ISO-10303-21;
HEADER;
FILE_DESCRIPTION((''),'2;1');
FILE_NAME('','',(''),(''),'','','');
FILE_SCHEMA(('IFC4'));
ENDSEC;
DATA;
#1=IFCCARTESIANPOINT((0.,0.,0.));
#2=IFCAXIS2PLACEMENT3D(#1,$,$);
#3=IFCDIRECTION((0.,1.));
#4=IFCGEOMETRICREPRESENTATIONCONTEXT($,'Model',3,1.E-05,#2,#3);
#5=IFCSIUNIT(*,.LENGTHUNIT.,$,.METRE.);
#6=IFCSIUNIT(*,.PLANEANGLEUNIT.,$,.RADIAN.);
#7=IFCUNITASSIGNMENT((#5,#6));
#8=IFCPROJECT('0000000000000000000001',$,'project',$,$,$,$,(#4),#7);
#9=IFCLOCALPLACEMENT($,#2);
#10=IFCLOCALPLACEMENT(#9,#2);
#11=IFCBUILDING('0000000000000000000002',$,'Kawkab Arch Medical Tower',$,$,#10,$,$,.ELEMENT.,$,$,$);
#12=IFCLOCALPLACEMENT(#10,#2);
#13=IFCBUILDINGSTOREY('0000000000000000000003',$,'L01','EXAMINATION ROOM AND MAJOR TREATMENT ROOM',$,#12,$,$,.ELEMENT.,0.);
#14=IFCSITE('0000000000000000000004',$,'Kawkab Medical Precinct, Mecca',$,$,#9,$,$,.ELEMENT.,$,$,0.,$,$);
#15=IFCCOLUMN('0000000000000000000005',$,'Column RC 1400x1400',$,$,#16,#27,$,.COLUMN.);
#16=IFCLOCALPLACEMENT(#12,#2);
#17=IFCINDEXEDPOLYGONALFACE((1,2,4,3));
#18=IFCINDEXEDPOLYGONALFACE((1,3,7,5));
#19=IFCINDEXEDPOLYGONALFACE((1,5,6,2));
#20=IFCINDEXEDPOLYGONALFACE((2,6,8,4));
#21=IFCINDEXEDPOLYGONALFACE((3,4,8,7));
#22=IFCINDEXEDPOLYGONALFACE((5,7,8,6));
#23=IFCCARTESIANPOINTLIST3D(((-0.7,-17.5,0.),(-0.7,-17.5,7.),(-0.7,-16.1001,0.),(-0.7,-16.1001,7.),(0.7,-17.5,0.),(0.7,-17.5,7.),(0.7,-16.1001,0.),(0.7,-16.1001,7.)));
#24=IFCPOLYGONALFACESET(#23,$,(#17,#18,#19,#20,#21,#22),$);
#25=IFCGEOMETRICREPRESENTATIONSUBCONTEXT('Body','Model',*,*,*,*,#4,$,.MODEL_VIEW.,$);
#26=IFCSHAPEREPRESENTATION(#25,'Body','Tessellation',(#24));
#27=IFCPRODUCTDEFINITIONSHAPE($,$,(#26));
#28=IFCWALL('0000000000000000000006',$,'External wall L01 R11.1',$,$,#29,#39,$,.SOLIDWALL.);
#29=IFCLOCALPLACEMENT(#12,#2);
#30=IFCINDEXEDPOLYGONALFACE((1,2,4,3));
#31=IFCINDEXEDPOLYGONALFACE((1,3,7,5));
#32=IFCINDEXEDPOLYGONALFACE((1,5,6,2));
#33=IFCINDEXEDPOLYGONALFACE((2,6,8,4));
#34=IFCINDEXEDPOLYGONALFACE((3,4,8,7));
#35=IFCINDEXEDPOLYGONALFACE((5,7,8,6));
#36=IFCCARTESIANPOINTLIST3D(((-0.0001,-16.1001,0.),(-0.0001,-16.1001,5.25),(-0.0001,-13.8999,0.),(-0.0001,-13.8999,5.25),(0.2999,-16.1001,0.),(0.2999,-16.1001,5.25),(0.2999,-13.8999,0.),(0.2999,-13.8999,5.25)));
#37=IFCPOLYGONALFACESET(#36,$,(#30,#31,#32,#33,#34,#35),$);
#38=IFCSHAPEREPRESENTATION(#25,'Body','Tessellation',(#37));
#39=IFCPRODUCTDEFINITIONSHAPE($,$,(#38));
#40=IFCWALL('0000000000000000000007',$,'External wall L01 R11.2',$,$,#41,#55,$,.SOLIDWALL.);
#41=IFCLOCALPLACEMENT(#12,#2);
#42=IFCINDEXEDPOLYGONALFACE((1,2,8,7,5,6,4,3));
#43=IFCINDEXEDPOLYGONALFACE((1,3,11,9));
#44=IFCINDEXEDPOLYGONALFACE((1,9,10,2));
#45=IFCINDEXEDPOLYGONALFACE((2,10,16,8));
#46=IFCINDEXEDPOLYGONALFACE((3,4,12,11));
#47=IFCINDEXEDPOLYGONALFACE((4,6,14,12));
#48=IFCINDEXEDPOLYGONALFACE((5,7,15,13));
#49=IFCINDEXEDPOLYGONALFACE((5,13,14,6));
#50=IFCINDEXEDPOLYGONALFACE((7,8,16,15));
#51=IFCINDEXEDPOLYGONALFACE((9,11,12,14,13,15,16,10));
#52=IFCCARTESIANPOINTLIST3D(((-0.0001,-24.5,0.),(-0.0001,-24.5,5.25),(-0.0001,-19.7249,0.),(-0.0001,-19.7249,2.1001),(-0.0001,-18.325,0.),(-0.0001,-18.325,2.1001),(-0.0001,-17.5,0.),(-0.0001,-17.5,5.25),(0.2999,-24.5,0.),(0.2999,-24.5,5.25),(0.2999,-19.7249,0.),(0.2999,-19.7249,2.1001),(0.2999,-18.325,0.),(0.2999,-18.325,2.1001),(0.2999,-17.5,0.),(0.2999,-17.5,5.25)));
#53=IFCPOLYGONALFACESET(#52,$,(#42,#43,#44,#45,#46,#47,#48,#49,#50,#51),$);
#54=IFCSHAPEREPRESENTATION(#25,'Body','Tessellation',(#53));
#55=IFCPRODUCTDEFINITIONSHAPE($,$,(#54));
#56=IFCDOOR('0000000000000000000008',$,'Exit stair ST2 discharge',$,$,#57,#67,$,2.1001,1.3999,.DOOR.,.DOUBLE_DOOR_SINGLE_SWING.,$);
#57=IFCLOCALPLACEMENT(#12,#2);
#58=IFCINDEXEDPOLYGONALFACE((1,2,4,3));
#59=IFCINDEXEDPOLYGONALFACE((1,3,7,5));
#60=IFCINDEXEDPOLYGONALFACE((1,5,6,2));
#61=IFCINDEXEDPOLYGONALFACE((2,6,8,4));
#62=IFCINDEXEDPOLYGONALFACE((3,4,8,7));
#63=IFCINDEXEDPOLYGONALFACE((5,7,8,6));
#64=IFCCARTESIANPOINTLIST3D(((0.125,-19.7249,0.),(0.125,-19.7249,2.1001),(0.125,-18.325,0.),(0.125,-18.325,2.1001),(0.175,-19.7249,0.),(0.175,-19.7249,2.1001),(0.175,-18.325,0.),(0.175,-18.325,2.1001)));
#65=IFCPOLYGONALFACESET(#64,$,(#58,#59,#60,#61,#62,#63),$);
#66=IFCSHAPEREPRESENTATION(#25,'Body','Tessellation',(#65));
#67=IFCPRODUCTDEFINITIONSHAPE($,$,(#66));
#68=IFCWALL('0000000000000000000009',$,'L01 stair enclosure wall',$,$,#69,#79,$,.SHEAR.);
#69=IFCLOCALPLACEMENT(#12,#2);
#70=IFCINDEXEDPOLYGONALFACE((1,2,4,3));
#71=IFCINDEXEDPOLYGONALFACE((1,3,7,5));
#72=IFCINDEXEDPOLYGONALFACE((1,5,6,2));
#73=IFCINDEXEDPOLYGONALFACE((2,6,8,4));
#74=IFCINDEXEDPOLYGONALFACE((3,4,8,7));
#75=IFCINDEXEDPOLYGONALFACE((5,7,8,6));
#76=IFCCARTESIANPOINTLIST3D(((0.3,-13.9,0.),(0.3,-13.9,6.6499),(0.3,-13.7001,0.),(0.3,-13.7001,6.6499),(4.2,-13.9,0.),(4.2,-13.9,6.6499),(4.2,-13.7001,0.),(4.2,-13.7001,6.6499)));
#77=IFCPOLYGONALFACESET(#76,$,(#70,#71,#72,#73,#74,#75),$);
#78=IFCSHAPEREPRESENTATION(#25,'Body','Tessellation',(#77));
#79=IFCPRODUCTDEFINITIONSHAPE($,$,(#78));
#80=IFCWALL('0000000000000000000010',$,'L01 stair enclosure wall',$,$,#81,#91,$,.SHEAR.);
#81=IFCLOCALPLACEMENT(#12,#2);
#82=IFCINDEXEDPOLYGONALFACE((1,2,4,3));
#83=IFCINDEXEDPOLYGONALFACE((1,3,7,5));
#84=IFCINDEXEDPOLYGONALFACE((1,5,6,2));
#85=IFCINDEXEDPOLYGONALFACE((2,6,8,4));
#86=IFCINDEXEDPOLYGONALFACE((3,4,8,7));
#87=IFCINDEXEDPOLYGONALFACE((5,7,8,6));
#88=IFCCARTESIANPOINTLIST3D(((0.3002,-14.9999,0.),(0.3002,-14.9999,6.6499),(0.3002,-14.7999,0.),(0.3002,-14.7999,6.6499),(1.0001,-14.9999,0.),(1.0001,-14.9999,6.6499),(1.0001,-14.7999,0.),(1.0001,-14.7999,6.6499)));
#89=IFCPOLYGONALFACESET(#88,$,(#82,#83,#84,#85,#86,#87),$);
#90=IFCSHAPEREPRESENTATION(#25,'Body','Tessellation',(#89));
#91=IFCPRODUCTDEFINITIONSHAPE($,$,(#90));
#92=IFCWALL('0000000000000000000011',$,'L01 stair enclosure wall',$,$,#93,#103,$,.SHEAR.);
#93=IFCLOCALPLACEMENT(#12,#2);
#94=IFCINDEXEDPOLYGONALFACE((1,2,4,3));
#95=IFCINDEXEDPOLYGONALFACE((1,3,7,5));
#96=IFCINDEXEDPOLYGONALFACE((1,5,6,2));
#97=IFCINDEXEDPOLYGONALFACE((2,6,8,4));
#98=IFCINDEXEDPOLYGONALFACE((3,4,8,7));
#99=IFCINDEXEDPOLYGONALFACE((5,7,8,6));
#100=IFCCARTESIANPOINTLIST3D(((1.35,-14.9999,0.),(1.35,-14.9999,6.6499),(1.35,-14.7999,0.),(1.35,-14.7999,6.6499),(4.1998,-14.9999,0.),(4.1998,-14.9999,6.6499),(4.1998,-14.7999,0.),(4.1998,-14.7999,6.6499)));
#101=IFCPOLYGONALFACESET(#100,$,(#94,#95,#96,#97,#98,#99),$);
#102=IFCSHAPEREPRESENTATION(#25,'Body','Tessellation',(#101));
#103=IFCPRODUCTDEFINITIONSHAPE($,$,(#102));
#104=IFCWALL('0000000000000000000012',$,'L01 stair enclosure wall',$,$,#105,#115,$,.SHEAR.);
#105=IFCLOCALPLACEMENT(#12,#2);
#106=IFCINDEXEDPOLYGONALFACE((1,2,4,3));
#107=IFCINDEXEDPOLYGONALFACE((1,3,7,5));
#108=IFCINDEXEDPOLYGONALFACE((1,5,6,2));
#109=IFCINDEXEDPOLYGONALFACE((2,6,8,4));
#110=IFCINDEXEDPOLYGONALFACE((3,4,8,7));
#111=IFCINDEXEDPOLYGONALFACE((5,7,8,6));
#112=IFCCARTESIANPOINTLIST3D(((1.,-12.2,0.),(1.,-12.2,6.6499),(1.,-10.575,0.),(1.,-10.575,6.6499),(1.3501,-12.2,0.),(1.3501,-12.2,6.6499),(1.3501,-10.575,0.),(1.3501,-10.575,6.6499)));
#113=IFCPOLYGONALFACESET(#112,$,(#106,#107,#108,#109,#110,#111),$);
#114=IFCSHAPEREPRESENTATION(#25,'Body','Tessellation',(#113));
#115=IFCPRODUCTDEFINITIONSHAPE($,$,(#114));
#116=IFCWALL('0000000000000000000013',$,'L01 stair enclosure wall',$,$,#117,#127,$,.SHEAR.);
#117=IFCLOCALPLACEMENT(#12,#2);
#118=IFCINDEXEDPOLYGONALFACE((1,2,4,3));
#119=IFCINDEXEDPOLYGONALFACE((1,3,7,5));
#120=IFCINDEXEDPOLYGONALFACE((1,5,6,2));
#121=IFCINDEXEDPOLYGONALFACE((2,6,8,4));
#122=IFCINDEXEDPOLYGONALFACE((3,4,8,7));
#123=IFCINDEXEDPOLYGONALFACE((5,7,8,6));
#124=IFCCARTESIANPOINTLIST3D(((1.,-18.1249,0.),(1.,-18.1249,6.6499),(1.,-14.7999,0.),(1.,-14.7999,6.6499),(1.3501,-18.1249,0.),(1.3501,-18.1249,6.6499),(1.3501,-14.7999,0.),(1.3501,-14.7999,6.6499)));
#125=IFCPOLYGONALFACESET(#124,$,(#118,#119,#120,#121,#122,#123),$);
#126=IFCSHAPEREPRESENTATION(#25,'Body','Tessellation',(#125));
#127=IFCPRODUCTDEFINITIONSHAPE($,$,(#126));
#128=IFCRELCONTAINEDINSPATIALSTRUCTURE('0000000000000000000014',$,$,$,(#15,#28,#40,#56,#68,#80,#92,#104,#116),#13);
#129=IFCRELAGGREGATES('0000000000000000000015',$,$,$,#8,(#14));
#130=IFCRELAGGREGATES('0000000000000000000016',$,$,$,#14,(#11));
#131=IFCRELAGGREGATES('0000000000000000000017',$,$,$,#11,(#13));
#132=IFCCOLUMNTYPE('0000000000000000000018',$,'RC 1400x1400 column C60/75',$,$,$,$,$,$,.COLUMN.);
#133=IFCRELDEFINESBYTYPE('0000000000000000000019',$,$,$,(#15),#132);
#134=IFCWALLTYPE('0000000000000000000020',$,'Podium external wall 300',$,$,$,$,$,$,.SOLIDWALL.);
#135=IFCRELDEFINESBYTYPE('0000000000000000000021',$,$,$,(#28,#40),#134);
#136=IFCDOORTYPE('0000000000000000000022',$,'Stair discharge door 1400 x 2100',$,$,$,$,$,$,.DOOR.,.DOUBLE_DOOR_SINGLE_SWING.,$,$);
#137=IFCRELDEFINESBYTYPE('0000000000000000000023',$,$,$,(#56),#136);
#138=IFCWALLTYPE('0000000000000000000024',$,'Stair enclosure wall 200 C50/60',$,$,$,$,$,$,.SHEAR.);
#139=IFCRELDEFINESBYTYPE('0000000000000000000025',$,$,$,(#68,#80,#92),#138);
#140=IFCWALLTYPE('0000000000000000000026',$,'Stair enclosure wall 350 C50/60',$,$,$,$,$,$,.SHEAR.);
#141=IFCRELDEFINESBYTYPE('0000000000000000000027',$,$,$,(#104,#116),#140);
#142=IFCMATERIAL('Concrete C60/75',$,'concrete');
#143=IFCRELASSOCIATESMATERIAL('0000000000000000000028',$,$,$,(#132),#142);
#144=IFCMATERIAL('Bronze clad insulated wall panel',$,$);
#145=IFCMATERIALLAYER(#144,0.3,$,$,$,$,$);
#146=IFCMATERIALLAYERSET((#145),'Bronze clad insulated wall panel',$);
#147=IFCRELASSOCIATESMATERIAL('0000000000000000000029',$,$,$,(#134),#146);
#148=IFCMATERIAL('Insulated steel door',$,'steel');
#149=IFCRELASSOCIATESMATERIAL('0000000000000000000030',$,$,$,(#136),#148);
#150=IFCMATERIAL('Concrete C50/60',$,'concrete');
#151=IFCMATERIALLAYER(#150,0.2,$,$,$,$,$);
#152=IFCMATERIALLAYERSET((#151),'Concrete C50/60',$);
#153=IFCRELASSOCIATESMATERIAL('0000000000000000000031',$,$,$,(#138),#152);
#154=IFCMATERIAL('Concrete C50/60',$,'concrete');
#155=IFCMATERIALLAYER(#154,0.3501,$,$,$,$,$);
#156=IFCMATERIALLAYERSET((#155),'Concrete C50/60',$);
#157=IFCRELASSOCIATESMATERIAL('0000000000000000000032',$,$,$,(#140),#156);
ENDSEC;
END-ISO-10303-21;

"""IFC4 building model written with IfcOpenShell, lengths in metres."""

from ifc_helpers import new_model, si_unit, direction, frame, frame_2d, origin, origin_2d, place, context, subcontext, project, spatial, rectangle, extrude, material, layer, layer_set, material_profile, profile_set, type_object, element, fill, save


model = new_model("IFC4")

# Units and contexts
model_context = context("Model", 3, precision=1e-05, world=origin(), true_north=direction((0.0, 1.0)))
body_context = subcontext(model_context, "Body", "Model", "MODEL_VIEW")
ifc_project = project(units=[si_unit("LENGTHUNIT", "METRE"), si_unit("PLANEANGLEUNIT", "RADIAN")], contexts=[model_context])

# Site, building, storey
site_placement = place(None, origin())
site = spatial("IfcSite", under=ifc_project, at=site_placement, Name="Kawkab Medical Precinct, Mecca", CompositionType="ELEMENT", RefElevation=0.0)
building_placement = place(site_placement, origin())
building = spatial("IfcBuilding", under=site, at=building_placement, Name="Kawkab Arch Medical Tower", CompositionType="ELEMENT")
storey_placement = place(building_placement, origin())
storey = spatial("IfcBuildingStorey", under=building, at=storey_placement, Name="L01", Description="EXAMINATION ROOM AND MAJOR TREATMENT ROOM", CompositionType="ELEMENT", Elevation=0.0)

# Column
ifc_material_1 = material(Name="Concrete C60/75", Category="concrete")
ifc_material_profile = material_profile(ifc_material_1, rectangle(XDim=1.3999, YDim=1.3999, at=origin_2d()), Name="RC 1400x1400")
ifc_profile_set = profile_set([ifc_material_profile], Name="Concrete C60/75")
column_type = type_object("IfcColumnType", Name="RC 1400x1400 column C60/75", PredefinedType="COLUMN", material=ifc_profile_set)
column_placement = place(storey_placement, frame((0.0, -16.8, 0.0), z_axis=(0.0, 0.0, 1.0), x_axis=(1.0, 0.0, 0.0)))
element("IfcColumn", 1, at=column_placement, inside=storey, type_object=column_type, Name="Column RC 1400x1400", PredefinedType="COLUMN", context=body_context, shape_type="SweptSolid", body=[
    extrude(rectangle(XDim=1.3999, YDim=1.3999, at=origin_2d()), origin(), (0.0, 0.0, 1.0), 7.0),
])

# Wall
ifc_material_2 = material(Name="Bronze clad insulated wall panel")
ifc_layer_1 = layer(ifc_material_2, 0.3)
ifc_layer_set_1 = layer_set([ifc_layer_1], Name="Bronze clad insulated wall panel")
wall_type_1 = type_object("IfcWallType", Name="Podium external wall 300", PredefinedType="SOLIDWALL", material=ifc_layer_set_1)
wall_1_placement = place(storey_placement, frame((0.1499, -13.8999, 0.0), z_axis=(0.0, 0.0, 1.0), x_axis=(0.0, -1.0, 0.0)))
element("IfcWall", 2, at=wall_1_placement, inside=storey, type_object=wall_type_1, Name="External wall L01 R11.1", PredefinedType="SOLIDWALL", context=body_context, shape_type="SweptSolid", body=[
    extrude(rectangle(XDim=2.2002, YDim=0.3, at=frame_2d((1.1001, 0.0))), origin(), (0.0, 0.0, 1.0), 5.25),
])

# Wall, opening, door
wall_2_placement = place(storey_placement, frame((0.1499, -17.5, 0.0), z_axis=(0.0, 0.0, 1.0), x_axis=(0.0, -1.0, 0.0)))
wall_2 = element("IfcWall", 3, at=wall_2_placement, inside=storey, type_object=wall_type_1, Name="External wall L01 R11.2", PredefinedType="SOLIDWALL", context=body_context, shape_type="SweptSolid", body=[
    extrude(rectangle(XDim=7.0, YDim=0.3, at=frame_2d((3.5, 0.0))), origin(), (0.0, 0.0, 1.0), 5.25),
])
opening_placement = place(wall_2_placement, frame((0.825, 0.0, 0.0)))
opening = element("IfcOpeningElement", 4, at=opening_placement, cuts=wall_2, PredefinedType="OPENING", context=body_context, shape_type="SweptSolid", body=[
    extrude(rectangle(XDim=1.3999, YDim=2.1001, at=frame_2d((0.7, 1.05))), frame((0.0, 0.1599, 0.0), z_axis=(0.0, -1.0, 0.0), x_axis=(1.0, 0.0, 0.0)), (0.0, 0.0, 1.0), 0.3201),
])
ifc_material_3 = material(Name="Insulated steel door", Category="steel")
door_type = type_object("IfcDoorType", Name="Stair discharge door 1400 x 2100", OperationType="DOUBLE_DOOR_SINGLE_SWING", PredefinedType="DOOR", material=ifc_material_3)
door_placement = place(opening_placement, frame((1.3999, 0.0, 0.0), z_axis=(0.0, 0.0, 1.0), x_axis=(-1.0, 0.0, 0.0)))
door = element("IfcDoor", 5, at=door_placement, inside=storey, type_object=door_type, Name="Exit stair ST2 discharge", OperationType="DOUBLE_DOOR_SINGLE_SWING", OverallHeight=2.1001, OverallWidth=1.3999, PredefinedType="DOOR", context=body_context, shape_type="SweptSolid", body=[
    extrude(rectangle(XDim=1.3999, YDim=2.1001, at=frame_2d((0.7, 1.05))), frame((0.0, 0.0249, 0.0), z_axis=(0.0, -1.0, 0.0), x_axis=(1.0, 0.0, 0.0)), (0.0, 0.0, 1.0), 0.05),
])
fill(opening, door)

# Walls
ifc_material_4 = material(Name="Concrete C50/60", Category="concrete")
ifc_layer_2 = layer(ifc_material_4, 0.2)
ifc_layer_set_2 = layer_set([ifc_layer_2], Name="Concrete C50/60")
wall_type_2 = type_object("IfcWallType", Name="Stair enclosure wall 200 C50/60", PredefinedType="SHEAR", material=ifc_layer_set_2)
wall_3_placement = place(storey_placement, frame((0.3, -13.8, 0.0), z_axis=(0.0, 0.0, 1.0), x_axis=(1.0, 0.0, 0.0)))
element("IfcWall", 6, at=wall_3_placement, inside=storey, type_object=wall_type_2, Name="L01 stair enclosure wall", PredefinedType="SHEAR", context=body_context, shape_type="SweptSolid", body=[
    extrude(rectangle(XDim=3.8999, YDim=0.2, at=frame_2d((1.95, 0.0))), origin(), (0.0, 0.0, 1.0), 6.6499),
])
wall_4_placement = place(storey_placement, frame((0.3, -14.8999, 0.0), z_axis=(0.0, 0.0, 1.0), x_axis=(1.0, 0.0, 0.0)))
element("IfcWall", 7, at=wall_4_placement, inside=storey, type_object=wall_type_2, Name="L01 stair enclosure wall", PredefinedType="SHEAR", context=body_context, shape_type="SweptSolid", body=[
    extrude(rectangle(XDim=0.7, YDim=0.2, at=frame_2d((0.3501, 0.0))), origin(), (0.0, 0.0, 1.0), 6.6499),
])
wall_5_placement = place(storey_placement, frame((1.3501, -14.8999, 0.0), z_axis=(0.0, 0.0, 1.0), x_axis=(1.0, 0.0, 0.0)))
element("IfcWall", 8, at=wall_5_placement, inside=storey, type_object=wall_type_2, Name="L01 stair enclosure wall", PredefinedType="SHEAR", context=body_context, shape_type="SweptSolid", body=[
    extrude(rectangle(XDim=2.8499, YDim=0.2, at=frame_2d((1.4248, 0.0))), origin(), (0.0, 0.0, 1.0), 6.6499),
])
ifc_material_5 = material(Name="Concrete C50/60", Category="concrete")
ifc_layer_3 = layer(ifc_material_5, 0.3501)
ifc_layer_set_3 = layer_set([ifc_layer_3], Name="Concrete C50/60")
wall_type_3 = type_object("IfcWallType", Name="Stair enclosure wall 350 C50/60", PredefinedType="SHEAR", material=ifc_layer_set_3)
wall_6_placement = place(storey_placement, frame((1.175, -12.2, 0.0), z_axis=(0.0, 0.0, 1.0), x_axis=(0.0, 1.0, 0.0)))
element("IfcWall", 9, at=wall_6_placement, inside=storey, type_object=wall_type_3, Name="L01 stair enclosure wall", PredefinedType="SHEAR", context=body_context, shape_type="SweptSolid", body=[
    extrude(rectangle(XDim=1.625, YDim=0.3501, at=frame_2d((0.8125, 0.0))), origin(), (0.0, 0.0, 1.0), 6.6499),
])
wall_7_placement = place(storey_placement, frame((1.175, -18.125, 0.0), z_axis=(0.0, 0.0, 1.0), x_axis=(0.0, 1.0, 0.0)))
element("IfcWall", 10, at=wall_7_placement, inside=storey, type_object=wall_type_3, Name="L01 stair enclosure wall", PredefinedType="SHEAR", context=body_context, shape_type="SweptSolid", body=[
    extrude(rectangle(XDim=3.325, YDim=0.3501, at=frame_2d((1.6626, 0.0))), origin(), (0.0, 0.0, 1.0), 6.6499),
])

save(model, "model.ifc")
